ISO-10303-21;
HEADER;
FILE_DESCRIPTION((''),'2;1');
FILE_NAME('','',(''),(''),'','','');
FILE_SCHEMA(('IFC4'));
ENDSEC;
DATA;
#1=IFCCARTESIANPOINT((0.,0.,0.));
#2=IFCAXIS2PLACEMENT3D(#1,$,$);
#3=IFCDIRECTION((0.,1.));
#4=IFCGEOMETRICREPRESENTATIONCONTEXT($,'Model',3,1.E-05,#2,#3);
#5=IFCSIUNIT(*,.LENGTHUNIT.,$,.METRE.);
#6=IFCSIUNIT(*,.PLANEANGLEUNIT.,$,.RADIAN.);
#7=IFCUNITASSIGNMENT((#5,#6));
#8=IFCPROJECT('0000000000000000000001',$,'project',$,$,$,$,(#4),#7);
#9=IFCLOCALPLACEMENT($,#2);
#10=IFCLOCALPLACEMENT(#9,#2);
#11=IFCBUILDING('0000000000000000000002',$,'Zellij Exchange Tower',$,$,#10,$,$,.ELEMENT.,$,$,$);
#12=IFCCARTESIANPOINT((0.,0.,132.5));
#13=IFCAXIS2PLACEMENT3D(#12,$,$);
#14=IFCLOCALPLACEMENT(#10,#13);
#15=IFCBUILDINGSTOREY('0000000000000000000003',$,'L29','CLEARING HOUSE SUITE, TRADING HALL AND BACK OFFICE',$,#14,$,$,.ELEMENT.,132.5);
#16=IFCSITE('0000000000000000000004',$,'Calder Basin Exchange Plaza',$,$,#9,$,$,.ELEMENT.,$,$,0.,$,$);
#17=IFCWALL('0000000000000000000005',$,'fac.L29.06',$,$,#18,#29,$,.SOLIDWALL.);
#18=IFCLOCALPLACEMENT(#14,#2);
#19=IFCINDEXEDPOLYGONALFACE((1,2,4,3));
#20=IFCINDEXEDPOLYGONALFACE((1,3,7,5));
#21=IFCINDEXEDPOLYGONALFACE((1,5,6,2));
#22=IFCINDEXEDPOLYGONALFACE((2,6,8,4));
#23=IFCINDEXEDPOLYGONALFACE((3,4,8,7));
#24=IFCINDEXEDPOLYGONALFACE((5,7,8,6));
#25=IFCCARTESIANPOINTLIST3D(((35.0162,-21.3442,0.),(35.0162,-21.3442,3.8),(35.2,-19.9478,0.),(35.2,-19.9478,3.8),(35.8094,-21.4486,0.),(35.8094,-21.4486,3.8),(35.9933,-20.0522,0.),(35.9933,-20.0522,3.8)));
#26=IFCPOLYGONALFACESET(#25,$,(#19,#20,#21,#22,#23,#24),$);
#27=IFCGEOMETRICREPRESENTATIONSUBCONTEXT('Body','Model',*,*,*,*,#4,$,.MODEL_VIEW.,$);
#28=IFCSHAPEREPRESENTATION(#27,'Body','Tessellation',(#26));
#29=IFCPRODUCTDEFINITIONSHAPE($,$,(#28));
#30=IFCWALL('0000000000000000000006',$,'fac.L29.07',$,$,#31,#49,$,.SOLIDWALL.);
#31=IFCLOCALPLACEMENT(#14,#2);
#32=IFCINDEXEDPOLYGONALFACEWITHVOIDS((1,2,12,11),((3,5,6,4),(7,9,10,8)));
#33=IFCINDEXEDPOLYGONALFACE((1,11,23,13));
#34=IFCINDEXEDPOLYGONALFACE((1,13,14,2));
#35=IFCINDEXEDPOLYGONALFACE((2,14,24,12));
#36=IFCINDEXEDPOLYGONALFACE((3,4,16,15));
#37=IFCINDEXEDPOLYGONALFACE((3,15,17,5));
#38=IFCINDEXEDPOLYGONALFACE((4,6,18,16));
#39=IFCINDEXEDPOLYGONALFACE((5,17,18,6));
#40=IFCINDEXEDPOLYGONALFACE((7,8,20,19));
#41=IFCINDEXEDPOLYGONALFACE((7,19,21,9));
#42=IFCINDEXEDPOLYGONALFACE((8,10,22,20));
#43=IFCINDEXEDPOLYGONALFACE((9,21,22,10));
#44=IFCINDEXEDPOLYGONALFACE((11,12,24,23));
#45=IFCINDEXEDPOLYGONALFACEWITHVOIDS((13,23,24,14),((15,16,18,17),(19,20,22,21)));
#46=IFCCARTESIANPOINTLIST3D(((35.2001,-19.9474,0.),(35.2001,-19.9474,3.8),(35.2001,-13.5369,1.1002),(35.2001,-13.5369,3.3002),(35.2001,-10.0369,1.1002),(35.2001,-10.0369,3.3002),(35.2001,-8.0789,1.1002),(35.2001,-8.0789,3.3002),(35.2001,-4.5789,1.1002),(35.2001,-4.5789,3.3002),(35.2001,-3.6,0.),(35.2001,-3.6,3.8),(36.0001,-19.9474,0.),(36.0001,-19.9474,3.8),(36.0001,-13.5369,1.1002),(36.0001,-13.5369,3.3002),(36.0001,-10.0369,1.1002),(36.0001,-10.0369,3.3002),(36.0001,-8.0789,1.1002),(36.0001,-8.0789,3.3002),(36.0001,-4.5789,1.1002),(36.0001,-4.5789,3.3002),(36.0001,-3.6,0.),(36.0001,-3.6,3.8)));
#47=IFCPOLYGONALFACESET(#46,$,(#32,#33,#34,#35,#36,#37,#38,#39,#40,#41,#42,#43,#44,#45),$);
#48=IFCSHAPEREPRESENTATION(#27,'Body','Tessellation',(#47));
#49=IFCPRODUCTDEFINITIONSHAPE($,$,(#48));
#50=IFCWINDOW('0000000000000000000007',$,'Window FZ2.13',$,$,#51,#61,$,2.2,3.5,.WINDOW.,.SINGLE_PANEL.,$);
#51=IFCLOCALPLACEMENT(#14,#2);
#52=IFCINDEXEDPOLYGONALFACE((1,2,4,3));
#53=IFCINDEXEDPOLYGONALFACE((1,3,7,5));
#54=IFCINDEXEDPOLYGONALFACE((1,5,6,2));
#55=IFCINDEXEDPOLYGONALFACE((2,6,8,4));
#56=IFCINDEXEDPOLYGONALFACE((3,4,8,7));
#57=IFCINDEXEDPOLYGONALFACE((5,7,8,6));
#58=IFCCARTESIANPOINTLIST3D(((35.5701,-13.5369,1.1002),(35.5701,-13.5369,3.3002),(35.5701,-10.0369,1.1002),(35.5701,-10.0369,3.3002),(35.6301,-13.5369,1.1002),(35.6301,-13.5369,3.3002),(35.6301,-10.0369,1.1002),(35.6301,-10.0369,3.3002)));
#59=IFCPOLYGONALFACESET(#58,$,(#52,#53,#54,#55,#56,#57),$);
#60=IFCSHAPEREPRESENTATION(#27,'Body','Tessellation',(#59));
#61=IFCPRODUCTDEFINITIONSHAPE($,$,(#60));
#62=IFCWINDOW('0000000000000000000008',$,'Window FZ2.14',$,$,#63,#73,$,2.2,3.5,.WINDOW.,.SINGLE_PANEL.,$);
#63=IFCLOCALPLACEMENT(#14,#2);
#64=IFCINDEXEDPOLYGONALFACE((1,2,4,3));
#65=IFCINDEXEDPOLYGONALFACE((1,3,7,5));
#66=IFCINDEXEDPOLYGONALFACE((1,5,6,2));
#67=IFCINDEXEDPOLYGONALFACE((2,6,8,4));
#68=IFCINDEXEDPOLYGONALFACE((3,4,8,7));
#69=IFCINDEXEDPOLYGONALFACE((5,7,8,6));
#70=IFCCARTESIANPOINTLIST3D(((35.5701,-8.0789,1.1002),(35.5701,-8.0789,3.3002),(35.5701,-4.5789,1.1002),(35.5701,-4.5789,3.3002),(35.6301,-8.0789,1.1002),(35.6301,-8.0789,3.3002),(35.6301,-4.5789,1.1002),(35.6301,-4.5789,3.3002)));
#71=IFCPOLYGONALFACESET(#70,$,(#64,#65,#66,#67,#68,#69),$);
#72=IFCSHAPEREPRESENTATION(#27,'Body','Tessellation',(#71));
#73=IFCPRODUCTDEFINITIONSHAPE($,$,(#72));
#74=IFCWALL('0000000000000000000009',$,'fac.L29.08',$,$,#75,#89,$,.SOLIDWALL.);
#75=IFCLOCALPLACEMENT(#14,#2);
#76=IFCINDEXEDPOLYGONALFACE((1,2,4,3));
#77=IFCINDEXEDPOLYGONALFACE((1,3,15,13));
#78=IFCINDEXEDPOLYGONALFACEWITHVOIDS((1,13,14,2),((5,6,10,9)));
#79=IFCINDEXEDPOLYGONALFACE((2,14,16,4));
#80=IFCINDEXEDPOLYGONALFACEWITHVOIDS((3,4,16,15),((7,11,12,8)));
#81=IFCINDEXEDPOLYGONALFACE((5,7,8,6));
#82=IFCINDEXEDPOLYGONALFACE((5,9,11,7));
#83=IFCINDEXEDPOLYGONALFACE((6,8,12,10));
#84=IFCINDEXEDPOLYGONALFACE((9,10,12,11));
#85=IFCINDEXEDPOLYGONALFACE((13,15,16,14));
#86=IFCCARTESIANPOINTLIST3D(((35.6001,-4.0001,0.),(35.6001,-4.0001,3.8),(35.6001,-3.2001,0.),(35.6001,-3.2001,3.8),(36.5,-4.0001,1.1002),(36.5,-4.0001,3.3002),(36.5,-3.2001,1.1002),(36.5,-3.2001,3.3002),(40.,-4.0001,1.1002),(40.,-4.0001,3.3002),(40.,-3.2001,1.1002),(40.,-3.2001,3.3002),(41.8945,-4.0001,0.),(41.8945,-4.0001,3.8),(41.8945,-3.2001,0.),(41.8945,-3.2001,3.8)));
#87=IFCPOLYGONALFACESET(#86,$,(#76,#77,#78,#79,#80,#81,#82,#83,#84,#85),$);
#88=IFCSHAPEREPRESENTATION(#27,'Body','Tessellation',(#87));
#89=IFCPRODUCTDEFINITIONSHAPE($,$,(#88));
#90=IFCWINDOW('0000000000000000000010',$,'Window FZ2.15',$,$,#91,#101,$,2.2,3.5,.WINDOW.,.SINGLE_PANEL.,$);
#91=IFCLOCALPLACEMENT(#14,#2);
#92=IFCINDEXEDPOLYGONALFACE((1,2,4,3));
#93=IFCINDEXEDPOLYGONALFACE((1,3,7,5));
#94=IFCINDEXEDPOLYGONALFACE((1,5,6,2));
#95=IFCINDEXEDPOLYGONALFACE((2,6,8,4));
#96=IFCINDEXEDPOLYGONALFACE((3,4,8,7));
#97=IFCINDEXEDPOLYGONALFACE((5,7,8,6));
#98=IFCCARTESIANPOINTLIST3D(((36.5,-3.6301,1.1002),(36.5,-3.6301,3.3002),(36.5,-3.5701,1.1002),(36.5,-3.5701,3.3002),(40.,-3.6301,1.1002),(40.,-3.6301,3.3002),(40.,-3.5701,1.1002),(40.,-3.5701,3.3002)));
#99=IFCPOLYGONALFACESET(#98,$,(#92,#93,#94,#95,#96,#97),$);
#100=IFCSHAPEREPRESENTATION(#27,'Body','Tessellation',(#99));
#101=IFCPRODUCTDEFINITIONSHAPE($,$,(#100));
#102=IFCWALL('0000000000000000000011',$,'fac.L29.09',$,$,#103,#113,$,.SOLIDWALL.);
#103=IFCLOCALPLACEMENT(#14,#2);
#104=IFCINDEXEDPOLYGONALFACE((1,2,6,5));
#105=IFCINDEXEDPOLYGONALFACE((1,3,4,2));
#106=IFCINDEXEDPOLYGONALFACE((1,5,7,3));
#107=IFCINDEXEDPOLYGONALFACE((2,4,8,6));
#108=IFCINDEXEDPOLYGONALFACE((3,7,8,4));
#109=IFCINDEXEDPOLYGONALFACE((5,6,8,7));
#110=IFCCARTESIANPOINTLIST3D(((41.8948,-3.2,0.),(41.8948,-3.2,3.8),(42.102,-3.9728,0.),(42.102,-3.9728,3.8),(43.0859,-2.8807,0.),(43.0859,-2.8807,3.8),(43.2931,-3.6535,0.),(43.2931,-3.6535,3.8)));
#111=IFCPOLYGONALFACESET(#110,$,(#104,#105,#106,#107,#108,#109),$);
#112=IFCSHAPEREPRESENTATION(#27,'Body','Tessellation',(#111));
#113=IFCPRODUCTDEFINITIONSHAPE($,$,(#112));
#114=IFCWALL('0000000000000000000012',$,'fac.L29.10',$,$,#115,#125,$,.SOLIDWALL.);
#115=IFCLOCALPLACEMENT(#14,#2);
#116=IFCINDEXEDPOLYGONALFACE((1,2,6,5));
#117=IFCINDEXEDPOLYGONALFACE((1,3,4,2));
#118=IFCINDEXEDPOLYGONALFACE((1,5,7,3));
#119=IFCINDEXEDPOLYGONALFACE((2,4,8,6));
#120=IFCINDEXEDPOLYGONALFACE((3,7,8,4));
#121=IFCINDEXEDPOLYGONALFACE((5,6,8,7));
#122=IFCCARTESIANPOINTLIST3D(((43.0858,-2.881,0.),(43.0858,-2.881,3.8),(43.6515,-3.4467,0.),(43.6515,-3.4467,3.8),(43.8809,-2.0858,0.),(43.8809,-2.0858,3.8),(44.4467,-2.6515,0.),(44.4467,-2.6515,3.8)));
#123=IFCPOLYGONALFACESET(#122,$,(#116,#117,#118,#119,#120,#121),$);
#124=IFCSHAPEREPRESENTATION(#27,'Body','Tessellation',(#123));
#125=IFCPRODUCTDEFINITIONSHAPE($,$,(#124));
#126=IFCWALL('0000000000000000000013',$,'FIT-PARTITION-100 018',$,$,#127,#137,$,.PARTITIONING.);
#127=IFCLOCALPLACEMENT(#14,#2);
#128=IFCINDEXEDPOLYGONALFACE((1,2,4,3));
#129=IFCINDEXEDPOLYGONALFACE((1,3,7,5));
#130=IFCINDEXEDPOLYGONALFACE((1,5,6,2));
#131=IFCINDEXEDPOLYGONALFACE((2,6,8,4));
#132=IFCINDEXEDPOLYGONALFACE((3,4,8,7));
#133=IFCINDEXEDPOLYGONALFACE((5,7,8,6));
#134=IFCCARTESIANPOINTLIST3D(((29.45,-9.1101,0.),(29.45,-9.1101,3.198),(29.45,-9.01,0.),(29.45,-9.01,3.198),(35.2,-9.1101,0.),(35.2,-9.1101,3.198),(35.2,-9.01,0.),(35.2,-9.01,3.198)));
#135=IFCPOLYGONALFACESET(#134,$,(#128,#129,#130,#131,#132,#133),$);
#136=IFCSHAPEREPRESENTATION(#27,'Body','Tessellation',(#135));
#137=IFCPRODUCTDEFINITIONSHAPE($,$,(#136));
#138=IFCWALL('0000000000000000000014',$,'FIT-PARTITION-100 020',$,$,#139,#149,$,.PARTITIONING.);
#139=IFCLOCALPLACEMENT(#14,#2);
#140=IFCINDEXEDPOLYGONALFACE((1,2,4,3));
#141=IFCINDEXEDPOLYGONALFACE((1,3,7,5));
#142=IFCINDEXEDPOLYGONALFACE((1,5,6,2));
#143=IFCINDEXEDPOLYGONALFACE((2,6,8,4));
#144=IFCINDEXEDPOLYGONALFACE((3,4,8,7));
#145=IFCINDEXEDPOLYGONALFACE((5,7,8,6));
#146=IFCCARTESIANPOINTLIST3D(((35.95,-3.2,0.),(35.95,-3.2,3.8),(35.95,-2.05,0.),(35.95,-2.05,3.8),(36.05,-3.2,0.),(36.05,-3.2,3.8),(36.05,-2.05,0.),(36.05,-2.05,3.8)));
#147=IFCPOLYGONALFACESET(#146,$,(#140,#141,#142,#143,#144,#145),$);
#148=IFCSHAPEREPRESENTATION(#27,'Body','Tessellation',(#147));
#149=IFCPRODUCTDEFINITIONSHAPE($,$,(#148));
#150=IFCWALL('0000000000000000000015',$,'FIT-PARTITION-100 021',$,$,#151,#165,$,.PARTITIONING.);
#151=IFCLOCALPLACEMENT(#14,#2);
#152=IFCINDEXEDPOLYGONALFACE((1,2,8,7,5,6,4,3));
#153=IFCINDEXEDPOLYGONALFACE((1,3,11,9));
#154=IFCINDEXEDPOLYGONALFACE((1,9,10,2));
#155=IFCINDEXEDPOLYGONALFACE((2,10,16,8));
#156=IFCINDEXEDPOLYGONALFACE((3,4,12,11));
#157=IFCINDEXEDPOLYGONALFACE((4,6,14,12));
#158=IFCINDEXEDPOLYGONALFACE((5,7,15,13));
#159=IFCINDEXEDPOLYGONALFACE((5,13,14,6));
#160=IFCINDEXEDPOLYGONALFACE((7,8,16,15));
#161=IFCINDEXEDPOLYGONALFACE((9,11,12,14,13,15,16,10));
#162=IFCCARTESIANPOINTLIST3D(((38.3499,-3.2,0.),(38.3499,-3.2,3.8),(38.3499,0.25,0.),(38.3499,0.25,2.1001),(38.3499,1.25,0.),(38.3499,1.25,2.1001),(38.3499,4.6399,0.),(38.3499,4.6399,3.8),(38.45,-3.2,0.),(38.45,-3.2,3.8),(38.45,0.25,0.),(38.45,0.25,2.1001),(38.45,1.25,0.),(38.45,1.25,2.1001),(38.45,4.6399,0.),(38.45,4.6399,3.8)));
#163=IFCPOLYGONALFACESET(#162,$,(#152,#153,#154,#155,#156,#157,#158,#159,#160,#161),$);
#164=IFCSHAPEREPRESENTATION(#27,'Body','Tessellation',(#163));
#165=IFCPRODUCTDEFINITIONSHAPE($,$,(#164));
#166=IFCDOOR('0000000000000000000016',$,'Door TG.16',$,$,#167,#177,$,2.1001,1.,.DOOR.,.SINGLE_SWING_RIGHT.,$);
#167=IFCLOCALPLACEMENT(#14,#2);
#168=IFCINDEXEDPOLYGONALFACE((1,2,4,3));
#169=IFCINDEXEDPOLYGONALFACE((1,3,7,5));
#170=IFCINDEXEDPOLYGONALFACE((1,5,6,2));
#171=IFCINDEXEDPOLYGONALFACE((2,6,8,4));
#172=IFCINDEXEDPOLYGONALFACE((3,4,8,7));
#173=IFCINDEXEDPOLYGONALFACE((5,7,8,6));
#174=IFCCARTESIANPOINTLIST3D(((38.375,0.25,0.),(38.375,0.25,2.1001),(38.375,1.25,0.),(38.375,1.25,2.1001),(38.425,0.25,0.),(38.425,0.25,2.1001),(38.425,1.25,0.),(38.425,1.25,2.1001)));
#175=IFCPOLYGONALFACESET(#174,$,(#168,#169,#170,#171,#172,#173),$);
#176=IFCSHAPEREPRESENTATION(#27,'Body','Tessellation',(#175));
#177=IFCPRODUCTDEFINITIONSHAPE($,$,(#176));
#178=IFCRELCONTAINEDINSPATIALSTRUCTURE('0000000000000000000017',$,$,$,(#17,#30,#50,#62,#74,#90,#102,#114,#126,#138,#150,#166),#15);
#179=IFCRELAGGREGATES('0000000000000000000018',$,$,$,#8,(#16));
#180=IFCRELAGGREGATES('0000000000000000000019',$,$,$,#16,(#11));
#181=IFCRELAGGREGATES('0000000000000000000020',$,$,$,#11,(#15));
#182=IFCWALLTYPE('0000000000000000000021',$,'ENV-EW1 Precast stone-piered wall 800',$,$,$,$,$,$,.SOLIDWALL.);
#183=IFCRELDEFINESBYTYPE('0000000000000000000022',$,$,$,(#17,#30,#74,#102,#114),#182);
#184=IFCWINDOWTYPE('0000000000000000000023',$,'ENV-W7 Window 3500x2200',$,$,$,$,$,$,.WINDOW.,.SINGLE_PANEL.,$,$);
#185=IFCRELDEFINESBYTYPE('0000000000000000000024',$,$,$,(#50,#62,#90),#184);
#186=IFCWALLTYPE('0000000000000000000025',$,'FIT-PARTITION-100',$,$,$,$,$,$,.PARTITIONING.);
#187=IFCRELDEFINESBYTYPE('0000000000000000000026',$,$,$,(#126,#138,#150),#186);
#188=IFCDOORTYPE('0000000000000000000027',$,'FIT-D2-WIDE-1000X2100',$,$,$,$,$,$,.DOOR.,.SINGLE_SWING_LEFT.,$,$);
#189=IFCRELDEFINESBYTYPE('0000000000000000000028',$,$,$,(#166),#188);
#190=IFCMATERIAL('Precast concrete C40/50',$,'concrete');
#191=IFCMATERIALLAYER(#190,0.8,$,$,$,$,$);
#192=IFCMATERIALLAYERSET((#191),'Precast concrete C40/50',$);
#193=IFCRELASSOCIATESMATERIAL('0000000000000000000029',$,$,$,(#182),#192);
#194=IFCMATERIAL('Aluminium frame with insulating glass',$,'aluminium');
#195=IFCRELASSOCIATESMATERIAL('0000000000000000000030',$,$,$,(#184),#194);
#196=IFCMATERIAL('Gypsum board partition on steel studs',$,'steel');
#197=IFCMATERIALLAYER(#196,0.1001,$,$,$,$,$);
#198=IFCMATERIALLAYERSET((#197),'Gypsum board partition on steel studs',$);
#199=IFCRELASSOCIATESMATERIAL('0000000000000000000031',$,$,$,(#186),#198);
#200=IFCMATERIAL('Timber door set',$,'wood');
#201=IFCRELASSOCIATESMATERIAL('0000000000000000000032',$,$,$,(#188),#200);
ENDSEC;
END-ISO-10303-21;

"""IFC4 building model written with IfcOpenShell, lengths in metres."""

from ifc_helpers import new_model, si_unit, direction, frame, frame_2d, origin, place, context, subcontext, project, spatial, rectangle, extrude, material, layer, layer_set, type_object, element, fill, save


model = new_model("IFC4")

# Units and contexts
model_context = context("Model", 3, precision=1e-05, world=origin(), true_north=direction((0.0, 1.0)))
body_context = subcontext(model_context, "Body", "Model", "MODEL_VIEW")
ifc_project = project(units=[si_unit("LENGTHUNIT", "METRE"), si_unit("PLANEANGLEUNIT", "RADIAN")], contexts=[model_context])

# Site, building, storey
site_placement = place(None, origin())
site = spatial("IfcSite", under=ifc_project, at=site_placement, Name="Calder Basin Exchange Plaza", CompositionType="ELEMENT", RefElevation=0.0)
building_placement = place(site_placement, origin())
building = spatial("IfcBuilding", under=site, at=building_placement, Name="Zellij Exchange Tower", CompositionType="ELEMENT")
storey_placement = place(building_placement, frame((0.0, 0.0, 132.5)))
storey = spatial("IfcBuildingStorey", under=building, at=storey_placement, Name="L29", Description="CLEARING HOUSE SUITE, TRADING HALL AND BACK OFFICE", CompositionType="ELEMENT", Elevation=132.5)

# Wall
ifc_material_1 = material(Name="Precast concrete C40/50", Category="concrete")
ifc_layer_1 = layer(ifc_material_1, 0.8)
ifc_layer_set_1 = layer_set([ifc_layer_1], Name="Precast concrete C40/50")
wall_type_1 = type_object("IfcWallType", Name="ENV-EW1 Precast stone-piered wall 800", PredefinedType="SOLIDWALL", material=ifc_layer_set_1)
wall_1_placement = place(storey_placement, frame((35.4128, -21.3962, 0.0), z_axis=(0.0, 0.0, 1.0), x_axis=(0.130517, 0.991446, 0.0)))
element("IfcWall", 1, at=wall_1_placement, inside=storey, type_object=wall_type_1, Name="fac.L29.06", PredefinedType="SOLIDWALL", context=body_context, shape_type="SweptSolid", body=[
    extrude(rectangle(XDim=1.4084, YDim=0.8, at=frame_2d((0.7041, 0.0))), origin(), (0.0, 0.0, 1.0), 3.8),
])

# Wall, openings, windows
wall_2_placement = place(storey_placement, frame((35.6001, -19.9475, 0.0), z_axis=(0.0, 0.0, 1.0), x_axis=(0.0, 1.0, 0.0)))
wall_2 = element("IfcWall", 2, at=wall_2_placement, inside=storey, type_object=wall_type_1, Name="fac.L29.07", PredefinedType="SOLIDWALL", context=body_context, shape_type="SweptSolid", body=[
    extrude(rectangle(XDim=16.3474, YDim=0.8, at=frame_2d((8.1738, 0.0))), origin(), (0.0, 0.0, 1.0), 3.8),
])
opening_1_placement = place(wall_2_placement, frame((6.4106, 0.0, 1.1001)))
opening_1 = element("IfcOpeningElement", 3, at=opening_1_placement, cuts=wall_2, PredefinedType="OPENING", context=body_context, shape_type="SweptSolid", body=[
    extrude(rectangle(XDim=3.5, YDim=2.2, at=frame_2d((1.75, 1.1001))), frame((0.0, 0.4121, 0.0), z_axis=(0.0, -1.0, 0.0), x_axis=(1.0, 0.0, 0.0)), (0.0, 0.0, 1.0), 0.824),
])
opening_2_placement = place(wall_2_placement, frame((11.8687, 0.0, 1.1001)))
opening_2 = element("IfcOpeningElement", 4, at=opening_2_placement, cuts=wall_2, PredefinedType="OPENING", context=body_context, shape_type="SweptSolid", body=[
    extrude(rectangle(XDim=3.5, YDim=2.2, at=frame_2d((1.75, 1.1001))), frame((0.0, 0.4121, 0.0), z_axis=(0.0, -1.0, 0.0), x_axis=(1.0, 0.0, 0.0)), (0.0, 0.0, 1.0), 0.824),
])
ifc_material_2 = material(Name="Aluminium frame with insulating glass", Category="aluminium")
window_type = type_object("IfcWindowType", Name="ENV-W7 Window 3500x2200", PartitioningType="SINGLE_PANEL", PredefinedType="WINDOW", material=ifc_material_2)
window_1_placement = place(opening_1_placement, origin())
window_1 = element("IfcWindow", 5, at=window_1_placement, inside=storey, type_object=window_type, Name="Window FZ2.13", OverallHeight=2.2, OverallWidth=3.5, PartitioningType="SINGLE_PANEL", PredefinedType="WINDOW", context=body_context, shape_type="SweptSolid", body=[
    extrude(rectangle(XDim=3.5, YDim=2.2, at=frame_2d((1.75, 1.1001))), frame((0.0, 0.03, 0.0), z_axis=(0.0, -1.0, 0.0), x_axis=(1.0, 0.0, 0.0)), (0.0, 0.0, 1.0), 0.0601),
])
fill(opening_1, window_1)
window_2_placement = place(opening_2_placement, origin())
window_2 = element("IfcWindow", 6, at=window_2_placement, inside=storey, type_object=window_type, Name="Window FZ2.14", OverallHeight=2.2, OverallWidth=3.5, PartitioningType="SINGLE_PANEL", PredefinedType="WINDOW", context=body_context, shape_type="SweptSolid", body=[
    extrude(rectangle(XDim=3.5, YDim=2.2, at=frame_2d((1.75, 1.1001))), frame((0.0, 0.03, 0.0), z_axis=(0.0, -1.0, 0.0), x_axis=(1.0, 0.0, 0.0)), (0.0, 0.0, 1.0), 0.0601),
])
fill(opening_2, window_2)

# Wall, opening, window
wall_3_placement = place(storey_placement, frame((35.6001, -3.6001, 0.0), z_axis=(0.0, 0.0, 1.0), x_axis=(1.0, 0.0, 0.0)))
wall_3 = element("IfcWall", 7, at=wall_3_placement, inside=storey, type_object=wall_type_1, Name="fac.L29.08", PredefinedType="SOLIDWALL", context=body_context, shape_type="SweptSolid", body=[
    extrude(rectangle(XDim=6.2944, YDim=0.8, at=frame_2d((3.1472, 0.0))), origin(), (0.0, 0.0, 1.0), 3.8),
])
opening_3_placement = place(wall_3_placement, frame((0.8999, 0.0, 1.1001)))
opening_3 = element("IfcOpeningElement", 8, at=opening_3_placement, cuts=wall_3, PredefinedType="OPENING", context=body_context, shape_type="SweptSolid", body=[
    extrude(rectangle(XDim=3.5, YDim=2.2, at=frame_2d((1.75, 1.1001))), frame((0.0, 0.4121, 0.0), z_axis=(0.0, -1.0, 0.0), x_axis=(1.0, 0.0, 0.0)), (0.0, 0.0, 1.0), 0.824),
])
window_3_placement = place(opening_3_placement, origin())
window_3 = element("IfcWindow", 9, at=window_3_placement, inside=storey, type_object=window_type, Name="Window FZ2.15", OverallHeight=2.2, OverallWidth=3.5, PartitioningType="SINGLE_PANEL", PredefinedType="WINDOW", context=body_context, shape_type="SweptSolid", body=[
    extrude(rectangle(XDim=3.5, YDim=2.2, at=frame_2d((1.75, 1.1001))), frame((0.0, 0.03, 0.0), z_axis=(0.0, -1.0, 0.0), x_axis=(1.0, 0.0, 0.0)), (0.0, 0.0, 1.0), 0.0601),
])
fill(opening_3, window_3)

# Walls
wall_4_placement = place(storey_placement, frame((41.9983, -3.5864, 0.0), z_axis=(0.0, 0.0, 1.0), x_axis=(0.965892, 0.258944, 0.0)))
element("IfcWall", 10, at=wall_4_placement, inside=storey, type_object=wall_type_1, Name="fac.L29.09", PredefinedType="SOLIDWALL", context=body_context, shape_type="SweptSolid", body=[
    extrude(rectangle(XDim=1.2332, YDim=0.8, at=frame_2d((0.6167, 0.0))), origin(), (0.0, 0.0, 1.0), 3.8),
])
wall_5_placement = place(storey_placement, frame((43.3687, -3.1638, 0.0), z_axis=(0.0, 0.0, 1.0), x_axis=(0.707107, 0.707107, 0.0)))
element("IfcWall", 11, at=wall_5_placement, inside=storey, type_object=wall_type_1, Name="fac.L29.10", PredefinedType="SOLIDWALL", context=body_context, shape_type="SweptSolid", body=[
    extrude(rectangle(XDim=1.1245, YDim=0.8, at=frame_2d((0.5623, 0.0))), origin(), (0.0, 0.0, 1.0), 3.8),
])
ifc_material_3 = material(Name="Gypsum board partition on steel studs", Category="steel")
ifc_layer_2 = layer(ifc_material_3, 0.1001)
ifc_layer_set_2 = layer_set([ifc_layer_2], Name="Gypsum board partition on steel studs")
wall_type_2 = type_object("IfcWallType", Name="FIT-PARTITION-100", PredefinedType="PARTITIONING", material=ifc_layer_set_2)
wall_6_placement = place(storey_placement, frame((29.45, -9.0601, 0.0), z_axis=(0.0, 0.0, 1.0), x_axis=(1.0, 0.0, 0.0)))
element("IfcWall", 12, at=wall_6_placement, inside=storey, type_object=wall_type_2, Name="FIT-PARTITION-100 018", PredefinedType="PARTITIONING", context=body_context, shape_type="SweptSolid", body=[
    extrude(rectangle(XDim=5.75, YDim=0.1001, at=frame_2d((2.875, 0.0))), origin(), (0.0, 0.0, 1.0), 3.198),
])
wall_7_placement = place(storey_placement, frame((36.0, -3.2, 0.0), z_axis=(0.0, 0.0, 1.0), x_axis=(0.0, 1.0, 0.0)))
element("IfcWall", 13, at=wall_7_placement, inside=storey, type_object=wall_type_2, Name="FIT-PARTITION-100 020", PredefinedType="PARTITIONING", context=body_context, shape_type="SweptSolid", body=[
    extrude(rectangle(XDim=1.1499, YDim=0.1001, at=frame_2d((0.575, 0.0))), origin(), (0.0, 0.0, 1.0), 3.8),
])

# Wall, opening, door
wall_8_placement = place(storey_placement, frame((38.3999, -3.2, 0.0), z_axis=(0.0, 0.0, 1.0), x_axis=(0.0, 1.0, 0.0)))
wall_8 = element("IfcWall", 14, at=wall_8_placement, inside=storey, type_object=wall_type_2, Name="FIT-PARTITION-100 021", PredefinedType="PARTITIONING", context=body_context, shape_type="SweptSolid", body=[
    extrude(rectangle(XDim=7.8398, YDim=0.1001, at=frame_2d((3.9199, 0.0))), origin(), (0.0, 0.0, 1.0), 3.8),
])
opening_4_placement = place(wall_8_placement, frame((3.45, 0.0, 0.0)))
opening_4 = element("IfcOpeningElement", 15, at=opening_4_placement, cuts=wall_8, PredefinedType="OPENING", context=body_context, shape_type="SweptSolid", body=[
    extrude(rectangle(XDim=1.0, YDim=2.1001, at=frame_2d((0.5, 1.05))), frame((0.0, 0.062, 0.0), z_axis=(0.0, -1.0, 0.0), x_axis=(1.0, 0.0, 0.0)), (0.0, 0.0, 1.0), 0.124),
])
ifc_material_4 = material(Name="Timber door set", Category="wood")
door_type = type_object("IfcDoorType", Name="FIT-D2-WIDE-1000X2100", OperationType="SINGLE_SWING_LEFT", PredefinedType="DOOR", material=ifc_material_4)
door_placement = place(opening_4_placement, origin())
door = element("IfcDoor", 16, at=door_placement, inside=storey, type_object=door_type, Name="Door TG.16", OperationType="SINGLE_SWING_RIGHT", OverallHeight=2.1001, OverallWidth=1.0, PredefinedType="DOOR", context=body_context, shape_type="SweptSolid", body=[
    extrude(rectangle(XDim=1.0, YDim=2.1001, at=frame_2d((0.5, 1.05))), frame((0.0, 0.0249, 0.0), z_axis=(0.0, -1.0, 0.0), x_axis=(1.0, 0.0, 0.0)), (0.0, 0.0, 1.0), 0.05),
])
fill(opening_4, door)

save(model, "model.ifc")
